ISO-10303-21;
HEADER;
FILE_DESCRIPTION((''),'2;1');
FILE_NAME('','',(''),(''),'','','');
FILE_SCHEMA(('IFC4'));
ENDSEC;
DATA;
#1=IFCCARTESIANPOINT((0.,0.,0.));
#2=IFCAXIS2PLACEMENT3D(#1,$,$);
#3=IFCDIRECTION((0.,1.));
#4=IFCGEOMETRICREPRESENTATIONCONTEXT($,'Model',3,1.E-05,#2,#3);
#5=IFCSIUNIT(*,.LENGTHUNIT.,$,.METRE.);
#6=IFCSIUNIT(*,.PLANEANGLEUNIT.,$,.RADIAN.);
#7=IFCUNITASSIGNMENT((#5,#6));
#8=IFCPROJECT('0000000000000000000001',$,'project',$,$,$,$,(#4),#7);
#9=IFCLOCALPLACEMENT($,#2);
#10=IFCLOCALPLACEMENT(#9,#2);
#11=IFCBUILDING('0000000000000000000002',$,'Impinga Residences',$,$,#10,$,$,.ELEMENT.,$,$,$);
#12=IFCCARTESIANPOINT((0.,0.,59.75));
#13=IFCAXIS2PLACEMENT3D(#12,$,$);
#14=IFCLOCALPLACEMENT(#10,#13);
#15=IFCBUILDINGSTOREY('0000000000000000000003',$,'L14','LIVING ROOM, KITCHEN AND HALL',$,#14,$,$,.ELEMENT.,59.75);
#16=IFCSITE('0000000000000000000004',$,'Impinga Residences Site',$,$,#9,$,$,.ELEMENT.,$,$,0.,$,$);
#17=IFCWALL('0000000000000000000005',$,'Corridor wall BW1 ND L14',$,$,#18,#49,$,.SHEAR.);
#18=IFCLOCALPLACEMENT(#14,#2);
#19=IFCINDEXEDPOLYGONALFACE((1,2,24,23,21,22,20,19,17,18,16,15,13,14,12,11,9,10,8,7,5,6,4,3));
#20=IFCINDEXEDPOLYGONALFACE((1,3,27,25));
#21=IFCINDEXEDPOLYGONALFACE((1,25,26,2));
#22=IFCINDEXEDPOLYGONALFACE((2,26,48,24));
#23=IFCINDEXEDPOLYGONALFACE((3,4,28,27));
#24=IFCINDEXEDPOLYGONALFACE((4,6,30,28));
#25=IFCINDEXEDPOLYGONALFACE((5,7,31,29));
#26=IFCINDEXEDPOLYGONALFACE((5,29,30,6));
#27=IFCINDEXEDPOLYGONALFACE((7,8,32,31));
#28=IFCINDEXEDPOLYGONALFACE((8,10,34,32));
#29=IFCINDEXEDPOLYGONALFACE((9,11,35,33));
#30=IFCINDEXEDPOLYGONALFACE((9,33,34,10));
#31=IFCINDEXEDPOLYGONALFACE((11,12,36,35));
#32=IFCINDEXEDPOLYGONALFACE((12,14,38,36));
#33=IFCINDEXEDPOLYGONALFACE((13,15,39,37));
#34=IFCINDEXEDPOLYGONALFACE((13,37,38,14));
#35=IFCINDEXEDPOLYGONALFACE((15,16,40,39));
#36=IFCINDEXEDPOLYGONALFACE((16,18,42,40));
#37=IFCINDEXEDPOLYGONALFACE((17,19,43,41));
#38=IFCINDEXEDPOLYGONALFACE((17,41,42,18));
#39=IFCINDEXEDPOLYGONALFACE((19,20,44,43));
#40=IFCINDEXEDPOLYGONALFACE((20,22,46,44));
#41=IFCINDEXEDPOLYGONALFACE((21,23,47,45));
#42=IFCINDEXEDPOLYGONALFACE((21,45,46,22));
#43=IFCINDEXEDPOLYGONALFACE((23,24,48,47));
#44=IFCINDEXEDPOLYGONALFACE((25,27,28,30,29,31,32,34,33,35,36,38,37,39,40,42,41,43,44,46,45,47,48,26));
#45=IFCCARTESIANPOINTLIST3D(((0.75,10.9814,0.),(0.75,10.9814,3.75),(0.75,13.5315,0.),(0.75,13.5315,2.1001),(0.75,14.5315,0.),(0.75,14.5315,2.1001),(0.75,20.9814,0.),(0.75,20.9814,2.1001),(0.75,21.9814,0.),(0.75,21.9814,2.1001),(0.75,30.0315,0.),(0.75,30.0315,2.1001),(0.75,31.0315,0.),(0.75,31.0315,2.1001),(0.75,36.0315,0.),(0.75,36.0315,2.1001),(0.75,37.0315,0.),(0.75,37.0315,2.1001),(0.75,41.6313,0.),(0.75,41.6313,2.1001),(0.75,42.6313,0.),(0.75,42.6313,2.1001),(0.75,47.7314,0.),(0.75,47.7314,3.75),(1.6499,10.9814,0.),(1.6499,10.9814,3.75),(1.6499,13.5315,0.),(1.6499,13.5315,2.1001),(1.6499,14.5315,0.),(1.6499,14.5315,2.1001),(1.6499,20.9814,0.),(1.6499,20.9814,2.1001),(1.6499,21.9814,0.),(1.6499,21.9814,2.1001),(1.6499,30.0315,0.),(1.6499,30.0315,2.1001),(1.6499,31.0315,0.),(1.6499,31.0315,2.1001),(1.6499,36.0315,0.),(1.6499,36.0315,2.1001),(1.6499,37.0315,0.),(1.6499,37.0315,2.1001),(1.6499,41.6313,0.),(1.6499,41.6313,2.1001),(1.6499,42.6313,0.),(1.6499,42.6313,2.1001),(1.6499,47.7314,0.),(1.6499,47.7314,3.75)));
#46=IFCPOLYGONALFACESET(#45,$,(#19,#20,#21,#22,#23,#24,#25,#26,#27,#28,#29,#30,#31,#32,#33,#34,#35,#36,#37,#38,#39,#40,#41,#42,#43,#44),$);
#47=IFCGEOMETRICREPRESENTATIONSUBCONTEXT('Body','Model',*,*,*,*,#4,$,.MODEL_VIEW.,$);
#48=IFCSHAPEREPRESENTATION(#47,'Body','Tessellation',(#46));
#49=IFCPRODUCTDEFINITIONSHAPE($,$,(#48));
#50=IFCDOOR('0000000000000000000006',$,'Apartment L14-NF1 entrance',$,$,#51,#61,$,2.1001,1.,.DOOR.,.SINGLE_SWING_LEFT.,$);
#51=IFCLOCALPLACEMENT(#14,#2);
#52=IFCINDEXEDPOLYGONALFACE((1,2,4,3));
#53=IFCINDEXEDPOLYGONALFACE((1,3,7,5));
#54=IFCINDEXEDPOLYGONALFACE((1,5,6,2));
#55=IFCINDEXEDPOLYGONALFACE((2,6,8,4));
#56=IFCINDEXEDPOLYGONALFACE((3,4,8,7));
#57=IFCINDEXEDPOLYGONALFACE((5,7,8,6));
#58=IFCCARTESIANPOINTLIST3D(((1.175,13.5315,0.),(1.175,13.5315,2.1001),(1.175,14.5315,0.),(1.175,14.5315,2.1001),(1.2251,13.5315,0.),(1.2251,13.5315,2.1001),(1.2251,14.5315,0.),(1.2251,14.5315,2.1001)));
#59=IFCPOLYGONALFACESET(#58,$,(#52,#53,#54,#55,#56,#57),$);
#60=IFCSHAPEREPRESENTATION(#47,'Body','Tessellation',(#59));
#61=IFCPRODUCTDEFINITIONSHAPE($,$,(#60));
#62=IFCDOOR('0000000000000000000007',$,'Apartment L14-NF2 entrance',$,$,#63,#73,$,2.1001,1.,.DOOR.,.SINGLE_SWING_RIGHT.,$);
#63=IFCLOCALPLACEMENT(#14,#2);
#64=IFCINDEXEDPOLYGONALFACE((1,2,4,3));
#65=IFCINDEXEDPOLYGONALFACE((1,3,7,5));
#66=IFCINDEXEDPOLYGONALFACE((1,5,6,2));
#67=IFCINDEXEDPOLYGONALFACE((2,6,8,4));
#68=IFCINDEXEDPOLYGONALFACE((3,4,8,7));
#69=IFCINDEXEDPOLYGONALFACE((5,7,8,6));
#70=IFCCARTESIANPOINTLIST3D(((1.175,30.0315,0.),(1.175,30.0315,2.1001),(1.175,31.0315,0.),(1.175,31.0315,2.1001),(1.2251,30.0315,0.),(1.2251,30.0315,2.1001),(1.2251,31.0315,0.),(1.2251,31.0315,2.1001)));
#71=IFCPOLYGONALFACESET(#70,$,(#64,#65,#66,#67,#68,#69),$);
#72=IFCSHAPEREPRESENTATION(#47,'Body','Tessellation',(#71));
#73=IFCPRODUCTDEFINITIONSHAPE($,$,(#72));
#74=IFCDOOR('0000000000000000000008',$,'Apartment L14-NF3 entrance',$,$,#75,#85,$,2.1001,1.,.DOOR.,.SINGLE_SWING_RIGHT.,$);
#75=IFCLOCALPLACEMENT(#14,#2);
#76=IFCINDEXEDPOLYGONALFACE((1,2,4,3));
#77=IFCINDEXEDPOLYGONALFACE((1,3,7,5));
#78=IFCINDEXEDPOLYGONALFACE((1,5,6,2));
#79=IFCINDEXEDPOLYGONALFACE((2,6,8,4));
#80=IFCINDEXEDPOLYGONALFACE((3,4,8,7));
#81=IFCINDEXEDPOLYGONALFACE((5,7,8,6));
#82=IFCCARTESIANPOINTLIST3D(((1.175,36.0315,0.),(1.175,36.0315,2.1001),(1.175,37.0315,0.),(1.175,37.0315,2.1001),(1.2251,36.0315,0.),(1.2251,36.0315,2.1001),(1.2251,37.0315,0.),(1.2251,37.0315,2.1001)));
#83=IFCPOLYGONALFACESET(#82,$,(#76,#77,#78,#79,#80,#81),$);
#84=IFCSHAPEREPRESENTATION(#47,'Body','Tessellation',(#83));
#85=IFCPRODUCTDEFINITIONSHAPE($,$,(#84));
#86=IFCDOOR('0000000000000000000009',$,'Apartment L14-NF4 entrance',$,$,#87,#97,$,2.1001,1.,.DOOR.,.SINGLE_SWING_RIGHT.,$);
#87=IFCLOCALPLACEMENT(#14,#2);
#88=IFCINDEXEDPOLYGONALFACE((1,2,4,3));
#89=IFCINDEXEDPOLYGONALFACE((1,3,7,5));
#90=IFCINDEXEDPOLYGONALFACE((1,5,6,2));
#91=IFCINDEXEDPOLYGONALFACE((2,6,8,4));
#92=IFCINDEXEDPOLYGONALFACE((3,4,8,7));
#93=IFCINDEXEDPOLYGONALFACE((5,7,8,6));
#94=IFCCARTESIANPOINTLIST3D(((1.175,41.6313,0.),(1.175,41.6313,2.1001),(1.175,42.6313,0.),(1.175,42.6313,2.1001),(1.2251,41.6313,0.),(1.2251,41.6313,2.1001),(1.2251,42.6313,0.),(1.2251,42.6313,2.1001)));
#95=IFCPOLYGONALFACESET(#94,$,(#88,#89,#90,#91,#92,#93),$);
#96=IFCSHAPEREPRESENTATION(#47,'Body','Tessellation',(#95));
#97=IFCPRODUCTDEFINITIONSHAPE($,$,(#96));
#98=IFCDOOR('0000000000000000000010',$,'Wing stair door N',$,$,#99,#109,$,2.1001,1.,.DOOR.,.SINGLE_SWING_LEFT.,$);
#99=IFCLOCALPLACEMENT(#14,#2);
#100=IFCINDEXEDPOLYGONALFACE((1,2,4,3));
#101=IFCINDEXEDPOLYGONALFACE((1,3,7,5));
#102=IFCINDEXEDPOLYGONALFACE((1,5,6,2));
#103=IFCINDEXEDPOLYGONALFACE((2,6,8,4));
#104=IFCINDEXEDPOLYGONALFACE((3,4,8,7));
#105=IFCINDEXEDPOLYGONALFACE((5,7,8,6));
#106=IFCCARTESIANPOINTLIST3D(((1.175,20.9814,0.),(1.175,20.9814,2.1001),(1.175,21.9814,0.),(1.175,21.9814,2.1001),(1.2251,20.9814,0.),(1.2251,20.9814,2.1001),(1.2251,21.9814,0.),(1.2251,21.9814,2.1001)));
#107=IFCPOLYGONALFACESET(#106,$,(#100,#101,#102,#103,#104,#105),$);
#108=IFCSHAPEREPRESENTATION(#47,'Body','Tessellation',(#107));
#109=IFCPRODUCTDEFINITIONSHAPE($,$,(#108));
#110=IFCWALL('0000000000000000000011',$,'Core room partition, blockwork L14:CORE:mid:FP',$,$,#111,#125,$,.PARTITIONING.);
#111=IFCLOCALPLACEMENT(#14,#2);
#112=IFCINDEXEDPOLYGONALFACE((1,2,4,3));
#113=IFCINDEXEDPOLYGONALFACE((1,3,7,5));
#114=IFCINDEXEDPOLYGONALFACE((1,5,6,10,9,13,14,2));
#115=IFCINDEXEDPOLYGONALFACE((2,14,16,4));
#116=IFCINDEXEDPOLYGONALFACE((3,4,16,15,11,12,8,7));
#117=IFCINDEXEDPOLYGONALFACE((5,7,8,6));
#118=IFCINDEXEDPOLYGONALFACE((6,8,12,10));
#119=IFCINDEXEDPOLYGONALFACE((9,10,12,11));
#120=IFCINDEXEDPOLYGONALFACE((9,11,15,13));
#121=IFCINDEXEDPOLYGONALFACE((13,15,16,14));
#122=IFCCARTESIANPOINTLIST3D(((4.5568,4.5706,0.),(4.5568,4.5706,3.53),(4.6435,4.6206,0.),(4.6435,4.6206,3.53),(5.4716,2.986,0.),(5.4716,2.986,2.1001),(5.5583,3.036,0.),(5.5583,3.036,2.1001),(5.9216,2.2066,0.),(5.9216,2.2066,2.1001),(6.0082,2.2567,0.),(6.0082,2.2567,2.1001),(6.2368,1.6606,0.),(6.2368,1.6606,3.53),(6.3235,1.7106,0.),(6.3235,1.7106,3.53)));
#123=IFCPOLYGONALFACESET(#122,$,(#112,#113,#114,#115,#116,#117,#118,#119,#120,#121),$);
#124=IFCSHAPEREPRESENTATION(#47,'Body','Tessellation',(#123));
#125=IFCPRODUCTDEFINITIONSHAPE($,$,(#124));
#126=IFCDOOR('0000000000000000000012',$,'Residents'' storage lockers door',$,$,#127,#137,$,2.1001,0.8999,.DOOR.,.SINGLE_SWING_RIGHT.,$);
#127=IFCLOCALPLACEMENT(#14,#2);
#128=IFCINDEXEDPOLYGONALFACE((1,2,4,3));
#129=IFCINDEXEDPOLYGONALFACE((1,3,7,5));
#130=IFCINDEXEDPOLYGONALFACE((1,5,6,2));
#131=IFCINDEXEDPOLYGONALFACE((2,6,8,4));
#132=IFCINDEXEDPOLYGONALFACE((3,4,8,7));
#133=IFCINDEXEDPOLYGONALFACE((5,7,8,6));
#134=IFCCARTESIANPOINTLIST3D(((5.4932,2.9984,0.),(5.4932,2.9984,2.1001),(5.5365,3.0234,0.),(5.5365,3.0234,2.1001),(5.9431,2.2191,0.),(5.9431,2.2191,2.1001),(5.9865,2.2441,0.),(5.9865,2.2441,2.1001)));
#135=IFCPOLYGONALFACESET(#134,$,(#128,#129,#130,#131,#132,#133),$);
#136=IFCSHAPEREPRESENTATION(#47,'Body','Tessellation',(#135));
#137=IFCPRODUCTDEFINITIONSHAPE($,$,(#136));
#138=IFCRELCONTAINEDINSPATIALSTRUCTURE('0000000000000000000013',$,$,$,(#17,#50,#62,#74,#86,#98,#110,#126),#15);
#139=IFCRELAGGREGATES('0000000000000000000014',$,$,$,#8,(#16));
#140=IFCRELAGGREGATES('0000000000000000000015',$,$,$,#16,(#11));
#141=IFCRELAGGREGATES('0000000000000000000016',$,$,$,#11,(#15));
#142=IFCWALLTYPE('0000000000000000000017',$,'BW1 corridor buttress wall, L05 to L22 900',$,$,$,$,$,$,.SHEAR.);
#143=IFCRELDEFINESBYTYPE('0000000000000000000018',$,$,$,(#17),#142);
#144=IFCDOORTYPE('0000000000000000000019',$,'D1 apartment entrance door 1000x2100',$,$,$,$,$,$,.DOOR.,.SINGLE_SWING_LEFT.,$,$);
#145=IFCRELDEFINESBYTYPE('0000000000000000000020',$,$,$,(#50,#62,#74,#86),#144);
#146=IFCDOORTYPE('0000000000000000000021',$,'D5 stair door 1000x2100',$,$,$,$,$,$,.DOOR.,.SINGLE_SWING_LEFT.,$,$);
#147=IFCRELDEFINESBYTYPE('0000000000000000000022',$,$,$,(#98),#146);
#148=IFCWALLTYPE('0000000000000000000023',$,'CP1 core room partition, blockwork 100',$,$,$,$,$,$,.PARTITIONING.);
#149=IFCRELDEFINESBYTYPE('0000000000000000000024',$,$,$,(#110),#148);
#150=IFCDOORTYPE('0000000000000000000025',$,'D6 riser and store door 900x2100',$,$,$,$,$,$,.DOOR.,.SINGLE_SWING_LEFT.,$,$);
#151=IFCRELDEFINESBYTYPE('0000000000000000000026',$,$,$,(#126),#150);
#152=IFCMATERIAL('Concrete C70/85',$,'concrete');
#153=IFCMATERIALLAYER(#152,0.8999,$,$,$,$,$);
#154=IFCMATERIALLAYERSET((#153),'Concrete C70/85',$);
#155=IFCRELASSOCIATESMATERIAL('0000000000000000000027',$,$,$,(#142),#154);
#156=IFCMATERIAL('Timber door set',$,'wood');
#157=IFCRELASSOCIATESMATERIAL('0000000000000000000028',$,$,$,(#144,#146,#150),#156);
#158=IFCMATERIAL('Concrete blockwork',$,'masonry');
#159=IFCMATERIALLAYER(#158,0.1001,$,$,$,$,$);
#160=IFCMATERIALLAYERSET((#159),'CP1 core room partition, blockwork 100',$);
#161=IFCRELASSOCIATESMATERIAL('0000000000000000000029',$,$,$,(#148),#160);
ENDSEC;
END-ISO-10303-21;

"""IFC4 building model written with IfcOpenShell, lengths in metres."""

from ifc_helpers import new_model, si_unit, direction, frame, frame_2d, origin, place, context, subcontext, project, spatial, rectangle, extrude, material, layer, layer_set, type_object, element, fill, save


model = new_model("IFC4")

# Units and contexts
model_context = context("Model", 3, precision=1e-05, world=origin(), true_north=direction((0.0, 1.0)))
body_context = subcontext(model_context, "Body", "Model", "MODEL_VIEW")
ifc_project = project(units=[si_unit("LENGTHUNIT", "METRE"), si_unit("PLANEANGLEUNIT", "RADIAN")], contexts=[model_context])

# Site, building, storey
site_placement = place(None, origin())
site = spatial("IfcSite", under=ifc_project, at=site_placement, Name="Impinga Residences Site", CompositionType="ELEMENT", RefElevation=0.0)
building_placement = place(site_placement, origin())
building = spatial("IfcBuilding", under=site, at=building_placement, Name="Impinga Residences", CompositionType="ELEMENT")
storey_placement = place(building_placement, frame((0.0, 0.0, 59.75)))
storey = spatial("IfcBuildingStorey", under=building, at=storey_placement, Name="L14", Description="LIVING ROOM, KITCHEN AND HALL", CompositionType="ELEMENT", Elevation=59.75)

# Wall, openings, doors
ifc_material_1 = material(Name="Concrete C70/85", Category="concrete")
ifc_layer_1 = layer(ifc_material_1, 0.8999)
ifc_layer_set_1 = layer_set([ifc_layer_1], Name="Concrete C70/85")
wall_type_1 = type_object("IfcWallType", Name="BW1 corridor buttress wall, L05 to L22 900", PredefinedType="SHEAR", material=ifc_layer_set_1)
wall_1_placement = place(storey_placement, frame((1.2, 10.9814, 0.0), z_axis=(0.0, 0.0, 1.0), x_axis=(0.0, 1.0, 0.0)))
wall_1 = element("IfcWall", 1, at=wall_1_placement, inside=storey, type_object=wall_type_1, Name="Corridor wall BW1 ND L14", PredefinedType="SHEAR", context=body_context, shape_type="SweptSolid", body=[
    extrude(rectangle(XDim=36.75, YDim=0.8999, at=frame_2d((18.375, 0.0))), origin(), (0.0, 0.0, 1.0), 3.75),
])
opening_1_placement = place(wall_1_placement, frame((10.0, 0.0, 0.0)))
opening_1 = element("IfcOpeningElement", 2, at=opening_1_placement, cuts=wall_1, PredefinedType="OPENING", context=body_context, shape_type="SweptSolid", body=[
    extrude(rectangle(XDim=1.0, YDim=2.1001, at=frame_2d((0.5, 1.05))), frame((0.0, 0.46, 0.0), z_axis=(0.0, -1.0, 0.0), x_axis=(1.0, 0.0, 0.0)), (0.0, 0.0, 1.0), 0.9199),
])
opening_2_placement = place(wall_1_placement, frame((2.55, 0.0, 0.0)))
opening_2 = element("IfcOpeningElement", 3, at=opening_2_placement, cuts=wall_1, PredefinedType="OPENING", context=body_context, shape_type="SweptSolid", body=[
    extrude(rectangle(XDim=1.0, YDim=2.1001, at=frame_2d((0.5, 1.05))), frame((0.0, 0.46, 0.0), z_axis=(0.0, -1.0, 0.0), x_axis=(1.0, 0.0, 0.0)), (0.0, 0.0, 1.0), 0.9199),
])
opening_3_placement = place(wall_1_placement, frame((19.05, 0.0, 0.0)))
opening_3 = element("IfcOpeningElement", 4, at=opening_3_placement, cuts=wall_1, PredefinedType="OPENING", context=body_context, shape_type="SweptSolid", body=[
    extrude(rectangle(XDim=1.0, YDim=2.1001, at=frame_2d((0.5, 1.05))), frame((0.0, 0.46, 0.0), z_axis=(0.0, -1.0, 0.0), x_axis=(1.0, 0.0, 0.0)), (0.0, 0.0, 1.0), 0.9199),
])
opening_4_placement = place(wall_1_placement, frame((25.05, 0.0, 0.0)))
opening_4 = element("IfcOpeningElement", 5, at=opening_4_placement, cuts=wall_1, PredefinedType="OPENING", context=body_context, shape_type="SweptSolid", body=[
    extrude(rectangle(XDim=1.0, YDim=2.1001, at=frame_2d((0.5, 1.05))), frame((0.0, 0.46, 0.0), z_axis=(0.0, -1.0, 0.0), x_axis=(1.0, 0.0, 0.0)), (0.0, 0.0, 1.0), 0.9199),
])
opening_5_placement = place(wall_1_placement, frame((30.6499, 0.0, 0.0)))
opening_5 = element("IfcOpeningElement", 6, at=opening_5_placement, cuts=wall_1, PredefinedType="OPENING", context=body_context, shape_type="SweptSolid", body=[
    extrude(rectangle(XDim=1.0, YDim=2.1001, at=frame_2d((0.5, 1.05))), frame((0.0, 0.46, 0.0), z_axis=(0.0, -1.0, 0.0), x_axis=(1.0, 0.0, 0.0)), (0.0, 0.0, 1.0), 0.9199),
])
ifc_material_2 = material(Name="Timber door set", Category="wood")
door_type_1 = type_object("IfcDoorType", Name="D1 apartment entrance door 1000x2100", OperationType="SINGLE_SWING_LEFT", PredefinedType="DOOR", material=ifc_material_2)
door_1_placement = place(opening_2_placement, origin())
door_1 = element("IfcDoor", 7, at=door_1_placement, inside=storey, type_object=door_type_1, Name="Apartment L14-NF1 entrance", OperationType="SINGLE_SWING_LEFT", OverallHeight=2.1001, OverallWidth=1.0, PredefinedType="DOOR", context=body_context, shape_type="SweptSolid", body=[
    extrude(rectangle(XDim=1.0, YDim=2.1001, at=frame_2d((0.5, 1.05))), frame((0.0, 0.0249, 0.0), z_axis=(0.0, -1.0, 0.0), x_axis=(1.0, 0.0, 0.0)), (0.0, 0.0, 1.0), 0.05),
])
fill(opening_2, door_1)
door_2_placement = place(opening_3_placement, origin())
door_2 = element("IfcDoor", 8, at=door_2_placement, inside=storey, type_object=door_type_1, Name="Apartment L14-NF2 entrance", OperationType="SINGLE_SWING_RIGHT", OverallHeight=2.1001, OverallWidth=1.0, PredefinedType="DOOR", context=body_context, shape_type="SweptSolid", body=[
    extrude(rectangle(XDim=1.0, YDim=2.1001, at=frame_2d((0.5, 1.05))), frame((0.0, 0.0249, 0.0), z_axis=(0.0, -1.0, 0.0), x_axis=(1.0, 0.0, 0.0)), (0.0, 0.0, 1.0), 0.05),
])
fill(opening_3, door_2)
door_3_placement = place(opening_4_placement, origin())
door_3 = element("IfcDoor", 9, at=door_3_placement, inside=storey, type_object=door_type_1, Name="Apartment L14-NF3 entrance", OperationType="SINGLE_SWING_RIGHT", OverallHeight=2.1001, OverallWidth=1.0, PredefinedType="DOOR", context=body_context, shape_type="SweptSolid", body=[
    extrude(rectangle(XDim=1.0, YDim=2.1001, at=frame_2d((0.5, 1.05))), frame((0.0, 0.0249, 0.0), z_axis=(0.0, -1.0, 0.0), x_axis=(1.0, 0.0, 0.0)), (0.0, 0.0, 1.0), 0.05),
])
fill(opening_4, door_3)
door_4_placement = place(opening_5_placement, origin())
door_4 = element("IfcDoor", 10, at=door_4_placement, inside=storey, type_object=door_type_1, Name="Apartment L14-NF4 entrance", OperationType="SINGLE_SWING_RIGHT", OverallHeight=2.1001, OverallWidth=1.0, PredefinedType="DOOR", context=body_context, shape_type="SweptSolid", body=[
    extrude(rectangle(XDim=1.0, YDim=2.1001, at=frame_2d((0.5, 1.05))), frame((0.0, 0.0249, 0.0), z_axis=(0.0, -1.0, 0.0), x_axis=(1.0, 0.0, 0.0)), (0.0, 0.0, 1.0), 0.05),
])
fill(opening_5, door_4)
door_type_2 = type_object("IfcDoorType", Name="D5 stair door 1000x2100", OperationType="SINGLE_SWING_LEFT", PredefinedType="DOOR", material=ifc_material_2)
door_5_placement = place(opening_1_placement, origin())
door_5 = element("IfcDoor", 11, at=door_5_placement, inside=storey, type_object=door_type_2, Name="Wing stair door N", OperationType="SINGLE_SWING_LEFT", OverallHeight=2.1001, OverallWidth=1.0, PredefinedType="DOOR", context=body_context, shape_type="SweptSolid", body=[
    extrude(rectangle(XDim=1.0, YDim=2.1001, at=frame_2d((0.5, 1.05))), frame((0.0, 0.0249, 0.0), z_axis=(0.0, -1.0, 0.0), x_axis=(1.0, 0.0, 0.0)), (0.0, 0.0, 1.0), 0.05),
])
fill(opening_1, door_5)

# Wall, opening, door
ifc_material_3 = material(Name="Concrete blockwork", Category="masonry")
ifc_layer_2 = layer(ifc_material_3, 0.1001)
ifc_layer_set_2 = layer_set([ifc_layer_2], Name="CP1 core room partition, blockwork 100")
wall_type_2 = type_object("IfcWallType", Name="CP1 core room partition, blockwork 100", PredefinedType="PARTITIONING", material=ifc_layer_set_2)
wall_2_placement = place(storey_placement, frame((4.6001, 4.5957, 0.0), z_axis=(0.0, 0.0, 1.0), x_axis=(0.499976, -0.866039, 0.0)))
wall_2 = element("IfcWall", 12, at=wall_2_placement, inside=storey, type_object=wall_type_2, Name="Core room partition, blockwork L14:CORE:mid:FP", PredefinedType="PARTITIONING", context=body_context, shape_type="SweptSolid", body=[
    extrude(rectangle(XDim=3.3601, YDim=0.1001, at=frame_2d((1.6802, 0.0))), origin(), (0.0, 0.0, 1.0), 3.53),
])
opening_6_placement = place(wall_2_placement, frame((1.8298, 0.0, 0.0)))
opening_6 = element("IfcOpeningElement", 13, at=opening_6_placement, cuts=wall_2, PredefinedType="OPENING", context=body_context, shape_type="SweptSolid", body=[
    extrude(rectangle(XDim=0.8999, YDim=2.1001, at=frame_2d((0.45, 1.05))), frame((0.0, 0.0601, 0.0), z_axis=(0.0, -1.0, 0.0), x_axis=(1.0, 0.0, 0.0)), (0.0, 0.0, 1.0), 0.1201),
])
door_type_3 = type_object("IfcDoorType", Name="D6 riser and store door 900x2100", OperationType="SINGLE_SWING_LEFT", PredefinedType="DOOR", material=ifc_material_2)
door_6_placement = place(opening_6_placement, origin())
door_6 = element("IfcDoor", 14, at=door_6_placement, inside=storey, type_object=door_type_3, Name="Residents' storage lockers door", OperationType="SINGLE_SWING_RIGHT", OverallHeight=2.1001, OverallWidth=0.8999, PredefinedType="DOOR", context=body_context, shape_type="SweptSolid", body=[
    extrude(rectangle(XDim=0.8999, YDim=2.1001, at=frame_2d((0.45, 1.05))), frame((0.0, 0.0249, 0.0), z_axis=(0.0, -1.0, 0.0), x_axis=(1.0, 0.0, 0.0)), (0.0, 0.0, 1.0), 0.05),
])
fill(opening_6, door_6)

save(model, "model.ifc")
